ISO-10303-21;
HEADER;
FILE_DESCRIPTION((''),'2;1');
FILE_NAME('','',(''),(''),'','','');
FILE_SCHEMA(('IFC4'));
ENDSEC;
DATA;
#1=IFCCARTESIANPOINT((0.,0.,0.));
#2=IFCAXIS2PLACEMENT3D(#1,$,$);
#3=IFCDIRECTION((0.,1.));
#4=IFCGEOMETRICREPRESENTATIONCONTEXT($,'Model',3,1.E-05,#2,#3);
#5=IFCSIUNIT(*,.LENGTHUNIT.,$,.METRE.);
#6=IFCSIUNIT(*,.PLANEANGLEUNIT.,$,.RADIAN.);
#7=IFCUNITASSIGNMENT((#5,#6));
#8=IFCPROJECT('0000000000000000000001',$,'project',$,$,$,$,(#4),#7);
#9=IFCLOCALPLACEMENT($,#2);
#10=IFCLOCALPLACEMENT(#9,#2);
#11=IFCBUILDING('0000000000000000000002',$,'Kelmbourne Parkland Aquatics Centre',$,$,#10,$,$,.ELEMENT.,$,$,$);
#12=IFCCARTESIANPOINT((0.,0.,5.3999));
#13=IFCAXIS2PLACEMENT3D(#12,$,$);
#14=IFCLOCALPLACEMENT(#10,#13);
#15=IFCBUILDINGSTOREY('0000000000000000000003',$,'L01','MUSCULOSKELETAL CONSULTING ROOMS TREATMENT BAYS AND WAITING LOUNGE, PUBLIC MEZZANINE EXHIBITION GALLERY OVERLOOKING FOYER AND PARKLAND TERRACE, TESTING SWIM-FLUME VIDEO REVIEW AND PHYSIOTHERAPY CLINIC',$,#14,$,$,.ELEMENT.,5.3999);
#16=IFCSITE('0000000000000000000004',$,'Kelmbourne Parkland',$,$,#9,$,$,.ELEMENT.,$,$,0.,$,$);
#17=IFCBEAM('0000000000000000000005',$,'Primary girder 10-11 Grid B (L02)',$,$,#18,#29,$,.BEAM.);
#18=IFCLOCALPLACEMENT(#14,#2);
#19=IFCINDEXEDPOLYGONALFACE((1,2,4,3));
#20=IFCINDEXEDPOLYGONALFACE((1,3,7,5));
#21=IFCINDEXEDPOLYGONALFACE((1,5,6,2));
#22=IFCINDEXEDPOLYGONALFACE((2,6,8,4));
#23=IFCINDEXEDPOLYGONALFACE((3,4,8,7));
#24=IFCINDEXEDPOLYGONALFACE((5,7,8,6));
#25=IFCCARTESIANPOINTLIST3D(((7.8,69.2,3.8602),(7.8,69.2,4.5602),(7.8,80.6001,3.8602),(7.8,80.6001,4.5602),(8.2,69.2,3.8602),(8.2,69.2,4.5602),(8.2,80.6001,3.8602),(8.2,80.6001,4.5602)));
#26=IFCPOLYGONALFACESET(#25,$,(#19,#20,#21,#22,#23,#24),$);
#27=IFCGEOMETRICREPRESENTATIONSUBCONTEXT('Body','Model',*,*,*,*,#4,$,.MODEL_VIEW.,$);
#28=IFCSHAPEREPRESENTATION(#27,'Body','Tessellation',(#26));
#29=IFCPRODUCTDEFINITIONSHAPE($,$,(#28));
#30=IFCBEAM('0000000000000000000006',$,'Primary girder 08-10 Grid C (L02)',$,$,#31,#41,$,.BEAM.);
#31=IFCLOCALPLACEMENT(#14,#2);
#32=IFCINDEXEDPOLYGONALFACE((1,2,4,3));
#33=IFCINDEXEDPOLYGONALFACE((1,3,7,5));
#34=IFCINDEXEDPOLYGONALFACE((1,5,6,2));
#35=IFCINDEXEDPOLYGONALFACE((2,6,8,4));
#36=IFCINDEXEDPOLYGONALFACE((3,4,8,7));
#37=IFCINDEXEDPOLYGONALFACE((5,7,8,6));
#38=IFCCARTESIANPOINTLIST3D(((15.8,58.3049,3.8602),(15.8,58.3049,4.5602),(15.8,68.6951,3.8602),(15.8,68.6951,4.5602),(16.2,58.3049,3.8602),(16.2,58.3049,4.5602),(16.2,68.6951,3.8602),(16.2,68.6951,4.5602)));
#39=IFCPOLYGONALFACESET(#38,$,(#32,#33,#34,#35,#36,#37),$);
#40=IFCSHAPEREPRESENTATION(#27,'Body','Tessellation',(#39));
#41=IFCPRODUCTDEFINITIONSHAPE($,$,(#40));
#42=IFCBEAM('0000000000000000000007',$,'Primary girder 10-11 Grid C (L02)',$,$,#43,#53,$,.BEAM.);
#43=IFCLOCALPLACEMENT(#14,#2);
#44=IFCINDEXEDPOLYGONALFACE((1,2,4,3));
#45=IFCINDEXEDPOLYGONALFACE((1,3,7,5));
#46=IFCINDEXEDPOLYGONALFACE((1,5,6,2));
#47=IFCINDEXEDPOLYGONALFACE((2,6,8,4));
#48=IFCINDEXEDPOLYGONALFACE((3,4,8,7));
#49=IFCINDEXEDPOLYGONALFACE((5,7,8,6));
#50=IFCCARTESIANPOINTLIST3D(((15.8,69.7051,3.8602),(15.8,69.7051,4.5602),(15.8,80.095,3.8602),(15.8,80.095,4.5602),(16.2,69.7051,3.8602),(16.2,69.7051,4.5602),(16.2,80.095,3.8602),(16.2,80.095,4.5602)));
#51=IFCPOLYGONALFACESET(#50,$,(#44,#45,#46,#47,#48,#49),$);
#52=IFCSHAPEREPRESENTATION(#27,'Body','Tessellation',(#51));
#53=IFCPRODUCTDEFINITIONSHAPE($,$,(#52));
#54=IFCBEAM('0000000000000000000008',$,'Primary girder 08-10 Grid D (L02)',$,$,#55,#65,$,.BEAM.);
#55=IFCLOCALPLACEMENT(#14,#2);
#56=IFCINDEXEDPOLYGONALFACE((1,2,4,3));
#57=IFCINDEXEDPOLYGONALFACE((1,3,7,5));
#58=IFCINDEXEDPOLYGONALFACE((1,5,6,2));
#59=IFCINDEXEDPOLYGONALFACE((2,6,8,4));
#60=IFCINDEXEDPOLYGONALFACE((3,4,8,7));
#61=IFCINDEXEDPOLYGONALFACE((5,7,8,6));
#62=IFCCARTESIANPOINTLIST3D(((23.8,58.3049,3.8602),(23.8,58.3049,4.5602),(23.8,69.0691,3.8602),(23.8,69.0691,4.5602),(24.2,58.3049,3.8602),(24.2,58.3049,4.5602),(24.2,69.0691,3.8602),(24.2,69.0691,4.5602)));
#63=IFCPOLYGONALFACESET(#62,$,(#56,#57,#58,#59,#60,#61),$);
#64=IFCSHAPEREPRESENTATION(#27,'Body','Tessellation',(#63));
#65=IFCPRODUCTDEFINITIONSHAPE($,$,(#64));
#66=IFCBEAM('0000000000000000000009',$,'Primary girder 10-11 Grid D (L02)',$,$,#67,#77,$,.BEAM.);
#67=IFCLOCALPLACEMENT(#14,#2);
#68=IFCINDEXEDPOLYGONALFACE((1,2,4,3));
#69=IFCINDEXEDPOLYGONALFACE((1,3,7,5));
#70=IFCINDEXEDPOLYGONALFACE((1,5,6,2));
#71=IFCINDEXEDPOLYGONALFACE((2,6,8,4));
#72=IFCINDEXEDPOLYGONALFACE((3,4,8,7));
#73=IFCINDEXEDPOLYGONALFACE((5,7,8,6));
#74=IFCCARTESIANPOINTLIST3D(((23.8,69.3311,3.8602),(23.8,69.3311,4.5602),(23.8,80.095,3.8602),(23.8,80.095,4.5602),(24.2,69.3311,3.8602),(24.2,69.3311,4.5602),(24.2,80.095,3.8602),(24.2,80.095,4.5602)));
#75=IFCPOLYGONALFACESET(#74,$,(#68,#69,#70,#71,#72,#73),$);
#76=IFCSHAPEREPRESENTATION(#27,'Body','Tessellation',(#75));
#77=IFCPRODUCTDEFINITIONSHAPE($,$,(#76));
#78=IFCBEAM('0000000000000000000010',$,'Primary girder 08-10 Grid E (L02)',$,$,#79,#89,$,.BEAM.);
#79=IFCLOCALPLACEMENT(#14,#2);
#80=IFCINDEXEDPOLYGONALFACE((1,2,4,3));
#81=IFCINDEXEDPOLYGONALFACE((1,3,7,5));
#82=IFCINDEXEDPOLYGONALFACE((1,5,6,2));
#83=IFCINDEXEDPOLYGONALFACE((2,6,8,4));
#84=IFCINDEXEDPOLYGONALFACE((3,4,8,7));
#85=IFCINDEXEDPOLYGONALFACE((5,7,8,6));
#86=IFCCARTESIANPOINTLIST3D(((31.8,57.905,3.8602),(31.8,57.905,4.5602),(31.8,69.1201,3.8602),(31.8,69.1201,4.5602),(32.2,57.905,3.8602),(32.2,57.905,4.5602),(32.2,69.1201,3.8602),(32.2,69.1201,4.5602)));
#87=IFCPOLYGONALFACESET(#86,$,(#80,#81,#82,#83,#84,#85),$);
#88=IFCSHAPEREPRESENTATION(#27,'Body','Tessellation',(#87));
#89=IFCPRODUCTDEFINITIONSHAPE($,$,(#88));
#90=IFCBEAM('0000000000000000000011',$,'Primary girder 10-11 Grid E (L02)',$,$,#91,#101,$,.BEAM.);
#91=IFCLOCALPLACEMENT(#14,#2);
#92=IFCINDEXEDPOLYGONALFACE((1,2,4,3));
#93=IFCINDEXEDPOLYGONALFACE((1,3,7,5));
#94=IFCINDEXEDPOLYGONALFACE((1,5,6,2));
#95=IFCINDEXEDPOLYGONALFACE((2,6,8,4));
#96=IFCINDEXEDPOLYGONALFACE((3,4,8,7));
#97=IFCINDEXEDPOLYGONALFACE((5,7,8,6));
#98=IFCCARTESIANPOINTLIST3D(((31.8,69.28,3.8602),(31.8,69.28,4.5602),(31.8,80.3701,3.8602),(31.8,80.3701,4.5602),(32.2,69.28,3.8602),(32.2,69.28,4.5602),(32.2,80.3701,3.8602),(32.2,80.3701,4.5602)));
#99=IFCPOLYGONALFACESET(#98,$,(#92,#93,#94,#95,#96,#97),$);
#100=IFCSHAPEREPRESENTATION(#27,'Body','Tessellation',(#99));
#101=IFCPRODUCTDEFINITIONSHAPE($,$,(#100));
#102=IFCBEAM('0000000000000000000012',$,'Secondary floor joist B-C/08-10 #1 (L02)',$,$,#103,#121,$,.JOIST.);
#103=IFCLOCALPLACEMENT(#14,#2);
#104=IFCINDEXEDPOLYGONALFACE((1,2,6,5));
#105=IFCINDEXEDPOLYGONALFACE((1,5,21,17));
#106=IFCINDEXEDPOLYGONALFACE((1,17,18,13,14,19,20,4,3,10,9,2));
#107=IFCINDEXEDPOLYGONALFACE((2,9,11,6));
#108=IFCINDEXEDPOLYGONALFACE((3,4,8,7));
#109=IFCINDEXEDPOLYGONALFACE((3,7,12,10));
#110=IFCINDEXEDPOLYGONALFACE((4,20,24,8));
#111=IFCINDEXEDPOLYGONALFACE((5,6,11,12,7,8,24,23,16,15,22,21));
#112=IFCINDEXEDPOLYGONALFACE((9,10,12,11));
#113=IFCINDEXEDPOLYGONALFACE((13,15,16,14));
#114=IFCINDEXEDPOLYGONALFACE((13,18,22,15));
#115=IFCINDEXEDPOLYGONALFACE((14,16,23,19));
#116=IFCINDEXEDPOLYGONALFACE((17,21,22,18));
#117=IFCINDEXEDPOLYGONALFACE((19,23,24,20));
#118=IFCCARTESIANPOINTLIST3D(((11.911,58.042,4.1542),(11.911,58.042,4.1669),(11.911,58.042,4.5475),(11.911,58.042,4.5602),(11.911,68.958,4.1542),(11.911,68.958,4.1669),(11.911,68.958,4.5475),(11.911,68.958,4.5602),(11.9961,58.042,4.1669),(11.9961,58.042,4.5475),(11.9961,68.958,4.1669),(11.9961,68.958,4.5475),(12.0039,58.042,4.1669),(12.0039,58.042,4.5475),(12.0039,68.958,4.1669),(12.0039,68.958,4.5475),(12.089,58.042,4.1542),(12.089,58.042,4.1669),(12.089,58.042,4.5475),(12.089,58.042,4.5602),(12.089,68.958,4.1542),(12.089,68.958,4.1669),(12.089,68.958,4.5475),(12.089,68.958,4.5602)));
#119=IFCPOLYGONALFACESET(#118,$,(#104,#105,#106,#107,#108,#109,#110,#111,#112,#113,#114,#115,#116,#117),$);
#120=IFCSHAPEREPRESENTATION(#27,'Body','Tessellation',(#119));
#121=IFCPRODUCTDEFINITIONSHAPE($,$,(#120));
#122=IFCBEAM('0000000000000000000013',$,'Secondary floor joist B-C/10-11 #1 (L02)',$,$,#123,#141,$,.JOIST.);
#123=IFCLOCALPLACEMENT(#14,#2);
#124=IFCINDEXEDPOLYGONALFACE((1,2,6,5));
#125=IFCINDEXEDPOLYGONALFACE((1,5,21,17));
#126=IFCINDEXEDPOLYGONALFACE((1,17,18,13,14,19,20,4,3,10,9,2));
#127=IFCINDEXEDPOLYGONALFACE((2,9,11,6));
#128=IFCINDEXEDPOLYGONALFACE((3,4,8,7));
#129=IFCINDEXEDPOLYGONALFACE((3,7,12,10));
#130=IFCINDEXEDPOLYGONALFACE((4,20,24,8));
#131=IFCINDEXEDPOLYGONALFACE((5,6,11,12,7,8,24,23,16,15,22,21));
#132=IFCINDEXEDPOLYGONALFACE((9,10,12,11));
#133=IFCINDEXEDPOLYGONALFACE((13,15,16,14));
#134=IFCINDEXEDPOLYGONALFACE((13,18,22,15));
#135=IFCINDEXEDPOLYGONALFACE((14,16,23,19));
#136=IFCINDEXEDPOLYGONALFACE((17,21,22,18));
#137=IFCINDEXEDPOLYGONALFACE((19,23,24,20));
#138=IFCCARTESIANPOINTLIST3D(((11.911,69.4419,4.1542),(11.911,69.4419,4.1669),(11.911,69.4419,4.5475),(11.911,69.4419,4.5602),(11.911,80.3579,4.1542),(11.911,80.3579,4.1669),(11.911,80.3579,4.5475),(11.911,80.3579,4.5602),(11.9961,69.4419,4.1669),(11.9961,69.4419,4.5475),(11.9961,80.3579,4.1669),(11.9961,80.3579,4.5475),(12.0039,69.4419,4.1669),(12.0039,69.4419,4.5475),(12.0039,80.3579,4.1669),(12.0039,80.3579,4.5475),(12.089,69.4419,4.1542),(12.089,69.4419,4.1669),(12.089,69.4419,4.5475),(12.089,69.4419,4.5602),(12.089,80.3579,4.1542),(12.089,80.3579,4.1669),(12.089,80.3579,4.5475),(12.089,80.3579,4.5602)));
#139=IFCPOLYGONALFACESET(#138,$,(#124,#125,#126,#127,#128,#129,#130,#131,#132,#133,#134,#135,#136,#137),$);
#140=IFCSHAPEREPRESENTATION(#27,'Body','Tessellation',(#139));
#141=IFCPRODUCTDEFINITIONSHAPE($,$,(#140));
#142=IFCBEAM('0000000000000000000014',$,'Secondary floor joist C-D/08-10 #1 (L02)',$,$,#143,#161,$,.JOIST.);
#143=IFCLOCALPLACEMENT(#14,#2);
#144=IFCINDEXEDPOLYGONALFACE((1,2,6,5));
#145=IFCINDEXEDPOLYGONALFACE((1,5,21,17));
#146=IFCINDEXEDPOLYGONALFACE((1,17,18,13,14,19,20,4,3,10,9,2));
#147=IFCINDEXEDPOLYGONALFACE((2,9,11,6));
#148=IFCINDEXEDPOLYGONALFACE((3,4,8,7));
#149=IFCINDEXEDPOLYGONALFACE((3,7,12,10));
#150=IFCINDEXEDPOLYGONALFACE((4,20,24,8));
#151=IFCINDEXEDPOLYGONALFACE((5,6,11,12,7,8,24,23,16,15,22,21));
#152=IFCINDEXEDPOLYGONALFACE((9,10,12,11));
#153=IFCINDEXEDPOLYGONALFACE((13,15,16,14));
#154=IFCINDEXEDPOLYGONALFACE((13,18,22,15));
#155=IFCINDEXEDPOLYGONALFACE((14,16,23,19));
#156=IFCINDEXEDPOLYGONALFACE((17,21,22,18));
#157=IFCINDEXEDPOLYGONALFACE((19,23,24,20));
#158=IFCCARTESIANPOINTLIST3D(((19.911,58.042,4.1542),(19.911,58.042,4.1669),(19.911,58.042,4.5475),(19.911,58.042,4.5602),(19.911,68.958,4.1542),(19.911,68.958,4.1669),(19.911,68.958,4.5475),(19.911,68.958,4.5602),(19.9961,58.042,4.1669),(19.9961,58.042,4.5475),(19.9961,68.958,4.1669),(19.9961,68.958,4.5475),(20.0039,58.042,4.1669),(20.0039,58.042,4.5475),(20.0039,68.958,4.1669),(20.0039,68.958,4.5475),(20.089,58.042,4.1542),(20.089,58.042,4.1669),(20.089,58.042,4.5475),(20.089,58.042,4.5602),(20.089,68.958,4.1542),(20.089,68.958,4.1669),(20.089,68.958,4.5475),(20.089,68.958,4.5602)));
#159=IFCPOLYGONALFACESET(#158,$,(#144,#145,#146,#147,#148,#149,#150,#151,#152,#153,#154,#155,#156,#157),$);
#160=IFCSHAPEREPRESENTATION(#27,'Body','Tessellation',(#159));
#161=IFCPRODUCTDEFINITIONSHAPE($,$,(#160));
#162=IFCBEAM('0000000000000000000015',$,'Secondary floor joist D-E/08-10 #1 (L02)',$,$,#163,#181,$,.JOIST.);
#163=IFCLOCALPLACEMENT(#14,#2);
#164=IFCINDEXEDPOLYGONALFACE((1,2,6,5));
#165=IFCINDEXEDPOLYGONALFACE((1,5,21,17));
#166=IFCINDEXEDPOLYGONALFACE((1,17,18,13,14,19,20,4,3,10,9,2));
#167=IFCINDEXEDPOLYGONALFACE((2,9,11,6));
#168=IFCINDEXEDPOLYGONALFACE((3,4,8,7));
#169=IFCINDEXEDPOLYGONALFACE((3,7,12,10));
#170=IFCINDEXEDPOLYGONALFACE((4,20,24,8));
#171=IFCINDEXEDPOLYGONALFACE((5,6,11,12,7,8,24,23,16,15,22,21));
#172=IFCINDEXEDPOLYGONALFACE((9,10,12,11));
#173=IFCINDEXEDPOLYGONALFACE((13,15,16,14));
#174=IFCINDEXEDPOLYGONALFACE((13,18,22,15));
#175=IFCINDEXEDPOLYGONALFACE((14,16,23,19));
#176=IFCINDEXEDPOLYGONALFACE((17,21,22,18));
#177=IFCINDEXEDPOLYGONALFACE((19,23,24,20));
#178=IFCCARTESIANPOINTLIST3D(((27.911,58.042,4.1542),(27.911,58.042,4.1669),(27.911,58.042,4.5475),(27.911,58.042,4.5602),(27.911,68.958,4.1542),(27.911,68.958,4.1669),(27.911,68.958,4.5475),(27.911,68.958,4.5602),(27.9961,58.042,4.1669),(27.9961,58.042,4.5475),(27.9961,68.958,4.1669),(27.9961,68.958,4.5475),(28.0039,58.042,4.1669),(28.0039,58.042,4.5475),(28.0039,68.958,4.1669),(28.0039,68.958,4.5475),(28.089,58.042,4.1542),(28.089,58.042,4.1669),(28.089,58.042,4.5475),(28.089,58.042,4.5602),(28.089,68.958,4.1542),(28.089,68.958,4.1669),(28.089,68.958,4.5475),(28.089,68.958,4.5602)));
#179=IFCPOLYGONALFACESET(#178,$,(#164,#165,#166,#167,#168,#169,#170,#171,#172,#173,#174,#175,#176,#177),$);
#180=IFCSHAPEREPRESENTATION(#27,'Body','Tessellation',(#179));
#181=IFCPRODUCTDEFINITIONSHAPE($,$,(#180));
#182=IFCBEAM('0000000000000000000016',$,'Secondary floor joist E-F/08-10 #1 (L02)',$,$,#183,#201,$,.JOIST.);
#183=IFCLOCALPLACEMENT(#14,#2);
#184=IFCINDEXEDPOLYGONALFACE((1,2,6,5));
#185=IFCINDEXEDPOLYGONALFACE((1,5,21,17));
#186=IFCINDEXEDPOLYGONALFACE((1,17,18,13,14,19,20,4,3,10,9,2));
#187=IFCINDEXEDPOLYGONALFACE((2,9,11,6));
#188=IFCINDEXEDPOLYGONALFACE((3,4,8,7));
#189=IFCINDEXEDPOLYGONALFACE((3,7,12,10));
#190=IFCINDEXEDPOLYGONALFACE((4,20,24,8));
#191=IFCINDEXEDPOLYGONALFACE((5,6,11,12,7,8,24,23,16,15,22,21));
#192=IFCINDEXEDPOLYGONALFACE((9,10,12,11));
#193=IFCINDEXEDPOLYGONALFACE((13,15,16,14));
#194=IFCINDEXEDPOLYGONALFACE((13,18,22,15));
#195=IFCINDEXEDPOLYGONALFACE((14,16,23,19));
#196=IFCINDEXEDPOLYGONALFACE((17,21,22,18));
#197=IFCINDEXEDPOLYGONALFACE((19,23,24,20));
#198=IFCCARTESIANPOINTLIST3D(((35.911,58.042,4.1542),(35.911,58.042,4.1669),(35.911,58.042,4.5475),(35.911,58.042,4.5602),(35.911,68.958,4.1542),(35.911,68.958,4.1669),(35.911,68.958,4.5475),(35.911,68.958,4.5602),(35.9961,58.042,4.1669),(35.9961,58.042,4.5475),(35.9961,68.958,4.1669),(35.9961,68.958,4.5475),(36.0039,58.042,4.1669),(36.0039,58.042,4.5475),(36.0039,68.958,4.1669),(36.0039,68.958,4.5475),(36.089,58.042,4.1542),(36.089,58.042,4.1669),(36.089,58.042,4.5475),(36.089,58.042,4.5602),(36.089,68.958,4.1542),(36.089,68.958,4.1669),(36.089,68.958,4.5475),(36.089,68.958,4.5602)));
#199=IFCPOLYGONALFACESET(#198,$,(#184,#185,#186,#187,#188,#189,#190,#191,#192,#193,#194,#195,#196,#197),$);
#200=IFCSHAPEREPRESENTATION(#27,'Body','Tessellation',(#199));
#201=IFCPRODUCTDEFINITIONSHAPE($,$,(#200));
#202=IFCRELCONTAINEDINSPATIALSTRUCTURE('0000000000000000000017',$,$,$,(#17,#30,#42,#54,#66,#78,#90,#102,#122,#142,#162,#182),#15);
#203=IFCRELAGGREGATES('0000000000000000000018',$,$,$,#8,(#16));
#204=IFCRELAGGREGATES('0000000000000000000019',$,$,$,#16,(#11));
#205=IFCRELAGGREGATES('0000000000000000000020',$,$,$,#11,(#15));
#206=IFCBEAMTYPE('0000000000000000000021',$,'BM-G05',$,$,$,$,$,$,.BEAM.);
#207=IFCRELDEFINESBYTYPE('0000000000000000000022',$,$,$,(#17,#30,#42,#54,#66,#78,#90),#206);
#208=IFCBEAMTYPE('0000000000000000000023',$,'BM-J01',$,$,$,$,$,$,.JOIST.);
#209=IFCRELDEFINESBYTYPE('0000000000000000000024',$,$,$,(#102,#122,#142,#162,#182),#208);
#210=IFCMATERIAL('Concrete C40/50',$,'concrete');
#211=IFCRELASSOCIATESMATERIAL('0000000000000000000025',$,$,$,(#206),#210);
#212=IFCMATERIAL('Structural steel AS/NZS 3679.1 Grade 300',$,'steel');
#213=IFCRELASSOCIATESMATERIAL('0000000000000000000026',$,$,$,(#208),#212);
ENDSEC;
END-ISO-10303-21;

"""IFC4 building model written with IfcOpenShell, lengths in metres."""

from ifc_helpers import new_model, si_unit, direction, frame, origin, origin_2d, place, context, subcontext, project, spatial, rectangle, i_section, extrude, material, material_profile, profile_set, type_object, element, save


model = new_model("IFC4")

# Units and contexts
model_context = context("Model", 3, precision=1e-05, world=origin(), true_north=direction((0.0, 1.0)))
body_context = subcontext(model_context, "Body", "Model", "MODEL_VIEW")
ifc_project = project(units=[si_unit("LENGTHUNIT", "METRE"), si_unit("PLANEANGLEUNIT", "RADIAN")], contexts=[model_context])

# Site, building, storey
site_placement = place(None, origin())
site = spatial("IfcSite", under=ifc_project, at=site_placement, Name="Kelmbourne Parkland", CompositionType="ELEMENT", RefElevation=0.0)
building_placement = place(site_placement, origin())
building = spatial("IfcBuilding", under=site, at=building_placement, Name="Kelmbourne Parkland Aquatics Centre", CompositionType="ELEMENT")
storey_placement = place(building_placement, frame((0.0, 0.0, 5.3999)))
storey = spatial("IfcBuildingStorey", under=building, at=storey_placement, Name="L01", Description="MUSCULOSKELETAL CONSULTING ROOMS TREATMENT BAYS AND WAITING LOUNGE, PUBLIC MEZZANINE EXHIBITION GALLERY OVERLOOKING FOYER AND PARKLAND TERRACE, TESTING SWIM-FLUME VIDEO REVIEW AND PHYSIOTHERAPY CLINIC", CompositionType="ELEMENT", Elevation=5.3999)

# Shared definitions
ifc_material_1 = material(Name="Concrete C40/50", Category="concrete")

# Beams
ifc_material_profile_1 = material_profile(ifc_material_1, rectangle(XDim=0.3999, YDim=0.7, at=origin_2d()), Name="RC 400x700")
ifc_profile_set_1 = profile_set([ifc_material_profile_1], Name="Concrete C40/50")
beam_type_1 = type_object("IfcBeamType", Name="BM-G05", PredefinedType="BEAM", material=ifc_profile_set_1)
beam_1_placement = place(storey_placement, frame((8.0, 69.2, 4.2102), z_axis=(0.0, 1.0, 0.0), x_axis=(-1.0, 0.0, 0.0)))
element("IfcBeam", 1, at=beam_1_placement, inside=storey, type_object=beam_type_1, Name="Primary girder 10-11 Grid B (L02)", PredefinedType="BEAM", context=body_context, shape_type="SweptSolid", body=[
    extrude(rectangle(XDim=0.3999, YDim=0.7, at=origin_2d()), origin(), (0.0, 0.0, 1.0), 11.4001),
])
beam_2_placement = place(storey_placement, frame((16.0, 58.3049, 4.2102), z_axis=(0.0, 1.0, 0.0), x_axis=(-1.0, 0.0, 0.0)))
element("IfcBeam", 2, at=beam_2_placement, inside=storey, type_object=beam_type_1, Name="Primary girder 08-10 Grid C (L02)", PredefinedType="BEAM", context=body_context, shape_type="SweptSolid", body=[
    extrude(rectangle(XDim=0.3999, YDim=0.7, at=origin_2d()), origin(), (0.0, 0.0, 1.0), 10.3901),
])
beam_3_placement = place(storey_placement, frame((16.0, 69.7051, 4.2102), z_axis=(0.0, 1.0, 0.0), x_axis=(-1.0, 0.0, 0.0)))
element("IfcBeam", 3, at=beam_3_placement, inside=storey, type_object=beam_type_1, Name="Primary girder 10-11 Grid C (L02)", PredefinedType="BEAM", context=body_context, shape_type="SweptSolid", body=[
    extrude(rectangle(XDim=0.3999, YDim=0.7, at=origin_2d()), origin(), (0.0, 0.0, 1.0), 10.3899),
])
beam_4_placement = place(storey_placement, frame((24.0, 58.3049, 4.2102), z_axis=(0.0, 1.0, 0.0), x_axis=(-1.0, 0.0, 0.0)))
element("IfcBeam", 4, at=beam_4_placement, inside=storey, type_object=beam_type_1, Name="Primary girder 08-10 Grid D (L02)", PredefinedType="BEAM", context=body_context, shape_type="SweptSolid", body=[
    extrude(rectangle(XDim=0.3999, YDim=0.7, at=origin_2d()), origin(), (0.0, 0.0, 1.0), 10.7642),
])
beam_5_placement = place(storey_placement, frame((24.0, 69.3311, 4.2102), z_axis=(0.0, 1.0, 0.0), x_axis=(-1.0, 0.0, 0.0)))
element("IfcBeam", 5, at=beam_5_placement, inside=storey, type_object=beam_type_1, Name="Primary girder 10-11 Grid D (L02)", PredefinedType="BEAM", context=body_context, shape_type="SweptSolid", body=[
    extrude(rectangle(XDim=0.3999, YDim=0.7, at=origin_2d()), origin(), (0.0, 0.0, 1.0), 10.7639),
])
beam_6_placement = place(storey_placement, frame((32.0, 57.905, 4.2102), z_axis=(0.0, 1.0, 0.0), x_axis=(-1.0, 0.0, 0.0)))
element("IfcBeam", 6, at=beam_6_placement, inside=storey, type_object=beam_type_1, Name="Primary girder 08-10 Grid E (L02)", PredefinedType="BEAM", context=body_context, shape_type="SweptSolid", body=[
    extrude(rectangle(XDim=0.3999, YDim=0.7, at=origin_2d()), origin(), (0.0, 0.0, 1.0), 11.2151),
])
beam_7_placement = place(storey_placement, frame((32.0, 69.28, 4.2102), z_axis=(0.0, 1.0, 0.0), x_axis=(-1.0, 0.0, 0.0)))
element("IfcBeam", 7, at=beam_7_placement, inside=storey, type_object=beam_type_1, Name="Primary girder 10-11 Grid E (L02)", PredefinedType="BEAM", context=body_context, shape_type="SweptSolid", body=[
    extrude(rectangle(XDim=0.3999, YDim=0.7, at=origin_2d()), origin(), (0.0, 0.0, 1.0), 11.0901),
])
ifc_material_2 = material(Name="Structural steel AS/NZS 3679.1 Grade 300", Category="steel")
ifc_material_profile_2 = material_profile(ifc_material_2, i_section(OverallWidth=0.178, OverallDepth=0.406, WebThickness=0.0078, FlangeThickness=0.0127, at=origin_2d()), Name="410UB59.7")
ifc_profile_set_2 = profile_set([ifc_material_profile_2], Name="Structural steel AS/NZS 3679.1 Grade 300")
beam_type_2 = type_object("IfcBeamType", Name="BM-J01", PredefinedType="JOIST", material=ifc_profile_set_2)
for number, where, z_axis, x_axis, name in (
    (8, (12.0, 58.042, 4.3572), (0.0, 1.0, 0.0), (-1.0, 0.0, 0.0), "Secondary floor joist B-C/08-10 #1 (L02)"),
    (9, (12.0, 69.4419, 4.3572), (0.0, 1.0, 0.0), (-1.0, 0.0, 0.0), "Secondary floor joist B-C/10-11 #1 (L02)"),
    (10, (20.0, 58.042, 4.3572), (0.0, 1.0, 0.0), (-1.0, 0.0, 0.0), "Secondary floor joist C-D/08-10 #1 (L02)"),
    (11, (28.0, 58.042, 4.3572), (0.0, 1.0, 0.0), (-1.0, 0.0, 0.0), "Secondary floor joist D-E/08-10 #1 (L02)"),
    (12, (36.0, 58.042, 4.3572), (0.0, 1.0, 0.0), (-1.0, 0.0, 0.0), "Secondary floor joist E-F/08-10 #1 (L02)"),
):
    element("IfcBeam", number, at=place(storey_placement, frame(where, z_axis=z_axis, x_axis=x_axis)), inside=storey, type_object=beam_type_2, Name=name, PredefinedType="JOIST", context=body_context, shape_type="SweptSolid", body=[
        extrude(i_section(OverallWidth=0.178, OverallDepth=0.406, WebThickness=0.0078, FlangeThickness=0.0127, at=origin_2d()), origin(), (0.0, 0.0, 1.0), 10.916),
    ])

save(model, "model.ifc")
